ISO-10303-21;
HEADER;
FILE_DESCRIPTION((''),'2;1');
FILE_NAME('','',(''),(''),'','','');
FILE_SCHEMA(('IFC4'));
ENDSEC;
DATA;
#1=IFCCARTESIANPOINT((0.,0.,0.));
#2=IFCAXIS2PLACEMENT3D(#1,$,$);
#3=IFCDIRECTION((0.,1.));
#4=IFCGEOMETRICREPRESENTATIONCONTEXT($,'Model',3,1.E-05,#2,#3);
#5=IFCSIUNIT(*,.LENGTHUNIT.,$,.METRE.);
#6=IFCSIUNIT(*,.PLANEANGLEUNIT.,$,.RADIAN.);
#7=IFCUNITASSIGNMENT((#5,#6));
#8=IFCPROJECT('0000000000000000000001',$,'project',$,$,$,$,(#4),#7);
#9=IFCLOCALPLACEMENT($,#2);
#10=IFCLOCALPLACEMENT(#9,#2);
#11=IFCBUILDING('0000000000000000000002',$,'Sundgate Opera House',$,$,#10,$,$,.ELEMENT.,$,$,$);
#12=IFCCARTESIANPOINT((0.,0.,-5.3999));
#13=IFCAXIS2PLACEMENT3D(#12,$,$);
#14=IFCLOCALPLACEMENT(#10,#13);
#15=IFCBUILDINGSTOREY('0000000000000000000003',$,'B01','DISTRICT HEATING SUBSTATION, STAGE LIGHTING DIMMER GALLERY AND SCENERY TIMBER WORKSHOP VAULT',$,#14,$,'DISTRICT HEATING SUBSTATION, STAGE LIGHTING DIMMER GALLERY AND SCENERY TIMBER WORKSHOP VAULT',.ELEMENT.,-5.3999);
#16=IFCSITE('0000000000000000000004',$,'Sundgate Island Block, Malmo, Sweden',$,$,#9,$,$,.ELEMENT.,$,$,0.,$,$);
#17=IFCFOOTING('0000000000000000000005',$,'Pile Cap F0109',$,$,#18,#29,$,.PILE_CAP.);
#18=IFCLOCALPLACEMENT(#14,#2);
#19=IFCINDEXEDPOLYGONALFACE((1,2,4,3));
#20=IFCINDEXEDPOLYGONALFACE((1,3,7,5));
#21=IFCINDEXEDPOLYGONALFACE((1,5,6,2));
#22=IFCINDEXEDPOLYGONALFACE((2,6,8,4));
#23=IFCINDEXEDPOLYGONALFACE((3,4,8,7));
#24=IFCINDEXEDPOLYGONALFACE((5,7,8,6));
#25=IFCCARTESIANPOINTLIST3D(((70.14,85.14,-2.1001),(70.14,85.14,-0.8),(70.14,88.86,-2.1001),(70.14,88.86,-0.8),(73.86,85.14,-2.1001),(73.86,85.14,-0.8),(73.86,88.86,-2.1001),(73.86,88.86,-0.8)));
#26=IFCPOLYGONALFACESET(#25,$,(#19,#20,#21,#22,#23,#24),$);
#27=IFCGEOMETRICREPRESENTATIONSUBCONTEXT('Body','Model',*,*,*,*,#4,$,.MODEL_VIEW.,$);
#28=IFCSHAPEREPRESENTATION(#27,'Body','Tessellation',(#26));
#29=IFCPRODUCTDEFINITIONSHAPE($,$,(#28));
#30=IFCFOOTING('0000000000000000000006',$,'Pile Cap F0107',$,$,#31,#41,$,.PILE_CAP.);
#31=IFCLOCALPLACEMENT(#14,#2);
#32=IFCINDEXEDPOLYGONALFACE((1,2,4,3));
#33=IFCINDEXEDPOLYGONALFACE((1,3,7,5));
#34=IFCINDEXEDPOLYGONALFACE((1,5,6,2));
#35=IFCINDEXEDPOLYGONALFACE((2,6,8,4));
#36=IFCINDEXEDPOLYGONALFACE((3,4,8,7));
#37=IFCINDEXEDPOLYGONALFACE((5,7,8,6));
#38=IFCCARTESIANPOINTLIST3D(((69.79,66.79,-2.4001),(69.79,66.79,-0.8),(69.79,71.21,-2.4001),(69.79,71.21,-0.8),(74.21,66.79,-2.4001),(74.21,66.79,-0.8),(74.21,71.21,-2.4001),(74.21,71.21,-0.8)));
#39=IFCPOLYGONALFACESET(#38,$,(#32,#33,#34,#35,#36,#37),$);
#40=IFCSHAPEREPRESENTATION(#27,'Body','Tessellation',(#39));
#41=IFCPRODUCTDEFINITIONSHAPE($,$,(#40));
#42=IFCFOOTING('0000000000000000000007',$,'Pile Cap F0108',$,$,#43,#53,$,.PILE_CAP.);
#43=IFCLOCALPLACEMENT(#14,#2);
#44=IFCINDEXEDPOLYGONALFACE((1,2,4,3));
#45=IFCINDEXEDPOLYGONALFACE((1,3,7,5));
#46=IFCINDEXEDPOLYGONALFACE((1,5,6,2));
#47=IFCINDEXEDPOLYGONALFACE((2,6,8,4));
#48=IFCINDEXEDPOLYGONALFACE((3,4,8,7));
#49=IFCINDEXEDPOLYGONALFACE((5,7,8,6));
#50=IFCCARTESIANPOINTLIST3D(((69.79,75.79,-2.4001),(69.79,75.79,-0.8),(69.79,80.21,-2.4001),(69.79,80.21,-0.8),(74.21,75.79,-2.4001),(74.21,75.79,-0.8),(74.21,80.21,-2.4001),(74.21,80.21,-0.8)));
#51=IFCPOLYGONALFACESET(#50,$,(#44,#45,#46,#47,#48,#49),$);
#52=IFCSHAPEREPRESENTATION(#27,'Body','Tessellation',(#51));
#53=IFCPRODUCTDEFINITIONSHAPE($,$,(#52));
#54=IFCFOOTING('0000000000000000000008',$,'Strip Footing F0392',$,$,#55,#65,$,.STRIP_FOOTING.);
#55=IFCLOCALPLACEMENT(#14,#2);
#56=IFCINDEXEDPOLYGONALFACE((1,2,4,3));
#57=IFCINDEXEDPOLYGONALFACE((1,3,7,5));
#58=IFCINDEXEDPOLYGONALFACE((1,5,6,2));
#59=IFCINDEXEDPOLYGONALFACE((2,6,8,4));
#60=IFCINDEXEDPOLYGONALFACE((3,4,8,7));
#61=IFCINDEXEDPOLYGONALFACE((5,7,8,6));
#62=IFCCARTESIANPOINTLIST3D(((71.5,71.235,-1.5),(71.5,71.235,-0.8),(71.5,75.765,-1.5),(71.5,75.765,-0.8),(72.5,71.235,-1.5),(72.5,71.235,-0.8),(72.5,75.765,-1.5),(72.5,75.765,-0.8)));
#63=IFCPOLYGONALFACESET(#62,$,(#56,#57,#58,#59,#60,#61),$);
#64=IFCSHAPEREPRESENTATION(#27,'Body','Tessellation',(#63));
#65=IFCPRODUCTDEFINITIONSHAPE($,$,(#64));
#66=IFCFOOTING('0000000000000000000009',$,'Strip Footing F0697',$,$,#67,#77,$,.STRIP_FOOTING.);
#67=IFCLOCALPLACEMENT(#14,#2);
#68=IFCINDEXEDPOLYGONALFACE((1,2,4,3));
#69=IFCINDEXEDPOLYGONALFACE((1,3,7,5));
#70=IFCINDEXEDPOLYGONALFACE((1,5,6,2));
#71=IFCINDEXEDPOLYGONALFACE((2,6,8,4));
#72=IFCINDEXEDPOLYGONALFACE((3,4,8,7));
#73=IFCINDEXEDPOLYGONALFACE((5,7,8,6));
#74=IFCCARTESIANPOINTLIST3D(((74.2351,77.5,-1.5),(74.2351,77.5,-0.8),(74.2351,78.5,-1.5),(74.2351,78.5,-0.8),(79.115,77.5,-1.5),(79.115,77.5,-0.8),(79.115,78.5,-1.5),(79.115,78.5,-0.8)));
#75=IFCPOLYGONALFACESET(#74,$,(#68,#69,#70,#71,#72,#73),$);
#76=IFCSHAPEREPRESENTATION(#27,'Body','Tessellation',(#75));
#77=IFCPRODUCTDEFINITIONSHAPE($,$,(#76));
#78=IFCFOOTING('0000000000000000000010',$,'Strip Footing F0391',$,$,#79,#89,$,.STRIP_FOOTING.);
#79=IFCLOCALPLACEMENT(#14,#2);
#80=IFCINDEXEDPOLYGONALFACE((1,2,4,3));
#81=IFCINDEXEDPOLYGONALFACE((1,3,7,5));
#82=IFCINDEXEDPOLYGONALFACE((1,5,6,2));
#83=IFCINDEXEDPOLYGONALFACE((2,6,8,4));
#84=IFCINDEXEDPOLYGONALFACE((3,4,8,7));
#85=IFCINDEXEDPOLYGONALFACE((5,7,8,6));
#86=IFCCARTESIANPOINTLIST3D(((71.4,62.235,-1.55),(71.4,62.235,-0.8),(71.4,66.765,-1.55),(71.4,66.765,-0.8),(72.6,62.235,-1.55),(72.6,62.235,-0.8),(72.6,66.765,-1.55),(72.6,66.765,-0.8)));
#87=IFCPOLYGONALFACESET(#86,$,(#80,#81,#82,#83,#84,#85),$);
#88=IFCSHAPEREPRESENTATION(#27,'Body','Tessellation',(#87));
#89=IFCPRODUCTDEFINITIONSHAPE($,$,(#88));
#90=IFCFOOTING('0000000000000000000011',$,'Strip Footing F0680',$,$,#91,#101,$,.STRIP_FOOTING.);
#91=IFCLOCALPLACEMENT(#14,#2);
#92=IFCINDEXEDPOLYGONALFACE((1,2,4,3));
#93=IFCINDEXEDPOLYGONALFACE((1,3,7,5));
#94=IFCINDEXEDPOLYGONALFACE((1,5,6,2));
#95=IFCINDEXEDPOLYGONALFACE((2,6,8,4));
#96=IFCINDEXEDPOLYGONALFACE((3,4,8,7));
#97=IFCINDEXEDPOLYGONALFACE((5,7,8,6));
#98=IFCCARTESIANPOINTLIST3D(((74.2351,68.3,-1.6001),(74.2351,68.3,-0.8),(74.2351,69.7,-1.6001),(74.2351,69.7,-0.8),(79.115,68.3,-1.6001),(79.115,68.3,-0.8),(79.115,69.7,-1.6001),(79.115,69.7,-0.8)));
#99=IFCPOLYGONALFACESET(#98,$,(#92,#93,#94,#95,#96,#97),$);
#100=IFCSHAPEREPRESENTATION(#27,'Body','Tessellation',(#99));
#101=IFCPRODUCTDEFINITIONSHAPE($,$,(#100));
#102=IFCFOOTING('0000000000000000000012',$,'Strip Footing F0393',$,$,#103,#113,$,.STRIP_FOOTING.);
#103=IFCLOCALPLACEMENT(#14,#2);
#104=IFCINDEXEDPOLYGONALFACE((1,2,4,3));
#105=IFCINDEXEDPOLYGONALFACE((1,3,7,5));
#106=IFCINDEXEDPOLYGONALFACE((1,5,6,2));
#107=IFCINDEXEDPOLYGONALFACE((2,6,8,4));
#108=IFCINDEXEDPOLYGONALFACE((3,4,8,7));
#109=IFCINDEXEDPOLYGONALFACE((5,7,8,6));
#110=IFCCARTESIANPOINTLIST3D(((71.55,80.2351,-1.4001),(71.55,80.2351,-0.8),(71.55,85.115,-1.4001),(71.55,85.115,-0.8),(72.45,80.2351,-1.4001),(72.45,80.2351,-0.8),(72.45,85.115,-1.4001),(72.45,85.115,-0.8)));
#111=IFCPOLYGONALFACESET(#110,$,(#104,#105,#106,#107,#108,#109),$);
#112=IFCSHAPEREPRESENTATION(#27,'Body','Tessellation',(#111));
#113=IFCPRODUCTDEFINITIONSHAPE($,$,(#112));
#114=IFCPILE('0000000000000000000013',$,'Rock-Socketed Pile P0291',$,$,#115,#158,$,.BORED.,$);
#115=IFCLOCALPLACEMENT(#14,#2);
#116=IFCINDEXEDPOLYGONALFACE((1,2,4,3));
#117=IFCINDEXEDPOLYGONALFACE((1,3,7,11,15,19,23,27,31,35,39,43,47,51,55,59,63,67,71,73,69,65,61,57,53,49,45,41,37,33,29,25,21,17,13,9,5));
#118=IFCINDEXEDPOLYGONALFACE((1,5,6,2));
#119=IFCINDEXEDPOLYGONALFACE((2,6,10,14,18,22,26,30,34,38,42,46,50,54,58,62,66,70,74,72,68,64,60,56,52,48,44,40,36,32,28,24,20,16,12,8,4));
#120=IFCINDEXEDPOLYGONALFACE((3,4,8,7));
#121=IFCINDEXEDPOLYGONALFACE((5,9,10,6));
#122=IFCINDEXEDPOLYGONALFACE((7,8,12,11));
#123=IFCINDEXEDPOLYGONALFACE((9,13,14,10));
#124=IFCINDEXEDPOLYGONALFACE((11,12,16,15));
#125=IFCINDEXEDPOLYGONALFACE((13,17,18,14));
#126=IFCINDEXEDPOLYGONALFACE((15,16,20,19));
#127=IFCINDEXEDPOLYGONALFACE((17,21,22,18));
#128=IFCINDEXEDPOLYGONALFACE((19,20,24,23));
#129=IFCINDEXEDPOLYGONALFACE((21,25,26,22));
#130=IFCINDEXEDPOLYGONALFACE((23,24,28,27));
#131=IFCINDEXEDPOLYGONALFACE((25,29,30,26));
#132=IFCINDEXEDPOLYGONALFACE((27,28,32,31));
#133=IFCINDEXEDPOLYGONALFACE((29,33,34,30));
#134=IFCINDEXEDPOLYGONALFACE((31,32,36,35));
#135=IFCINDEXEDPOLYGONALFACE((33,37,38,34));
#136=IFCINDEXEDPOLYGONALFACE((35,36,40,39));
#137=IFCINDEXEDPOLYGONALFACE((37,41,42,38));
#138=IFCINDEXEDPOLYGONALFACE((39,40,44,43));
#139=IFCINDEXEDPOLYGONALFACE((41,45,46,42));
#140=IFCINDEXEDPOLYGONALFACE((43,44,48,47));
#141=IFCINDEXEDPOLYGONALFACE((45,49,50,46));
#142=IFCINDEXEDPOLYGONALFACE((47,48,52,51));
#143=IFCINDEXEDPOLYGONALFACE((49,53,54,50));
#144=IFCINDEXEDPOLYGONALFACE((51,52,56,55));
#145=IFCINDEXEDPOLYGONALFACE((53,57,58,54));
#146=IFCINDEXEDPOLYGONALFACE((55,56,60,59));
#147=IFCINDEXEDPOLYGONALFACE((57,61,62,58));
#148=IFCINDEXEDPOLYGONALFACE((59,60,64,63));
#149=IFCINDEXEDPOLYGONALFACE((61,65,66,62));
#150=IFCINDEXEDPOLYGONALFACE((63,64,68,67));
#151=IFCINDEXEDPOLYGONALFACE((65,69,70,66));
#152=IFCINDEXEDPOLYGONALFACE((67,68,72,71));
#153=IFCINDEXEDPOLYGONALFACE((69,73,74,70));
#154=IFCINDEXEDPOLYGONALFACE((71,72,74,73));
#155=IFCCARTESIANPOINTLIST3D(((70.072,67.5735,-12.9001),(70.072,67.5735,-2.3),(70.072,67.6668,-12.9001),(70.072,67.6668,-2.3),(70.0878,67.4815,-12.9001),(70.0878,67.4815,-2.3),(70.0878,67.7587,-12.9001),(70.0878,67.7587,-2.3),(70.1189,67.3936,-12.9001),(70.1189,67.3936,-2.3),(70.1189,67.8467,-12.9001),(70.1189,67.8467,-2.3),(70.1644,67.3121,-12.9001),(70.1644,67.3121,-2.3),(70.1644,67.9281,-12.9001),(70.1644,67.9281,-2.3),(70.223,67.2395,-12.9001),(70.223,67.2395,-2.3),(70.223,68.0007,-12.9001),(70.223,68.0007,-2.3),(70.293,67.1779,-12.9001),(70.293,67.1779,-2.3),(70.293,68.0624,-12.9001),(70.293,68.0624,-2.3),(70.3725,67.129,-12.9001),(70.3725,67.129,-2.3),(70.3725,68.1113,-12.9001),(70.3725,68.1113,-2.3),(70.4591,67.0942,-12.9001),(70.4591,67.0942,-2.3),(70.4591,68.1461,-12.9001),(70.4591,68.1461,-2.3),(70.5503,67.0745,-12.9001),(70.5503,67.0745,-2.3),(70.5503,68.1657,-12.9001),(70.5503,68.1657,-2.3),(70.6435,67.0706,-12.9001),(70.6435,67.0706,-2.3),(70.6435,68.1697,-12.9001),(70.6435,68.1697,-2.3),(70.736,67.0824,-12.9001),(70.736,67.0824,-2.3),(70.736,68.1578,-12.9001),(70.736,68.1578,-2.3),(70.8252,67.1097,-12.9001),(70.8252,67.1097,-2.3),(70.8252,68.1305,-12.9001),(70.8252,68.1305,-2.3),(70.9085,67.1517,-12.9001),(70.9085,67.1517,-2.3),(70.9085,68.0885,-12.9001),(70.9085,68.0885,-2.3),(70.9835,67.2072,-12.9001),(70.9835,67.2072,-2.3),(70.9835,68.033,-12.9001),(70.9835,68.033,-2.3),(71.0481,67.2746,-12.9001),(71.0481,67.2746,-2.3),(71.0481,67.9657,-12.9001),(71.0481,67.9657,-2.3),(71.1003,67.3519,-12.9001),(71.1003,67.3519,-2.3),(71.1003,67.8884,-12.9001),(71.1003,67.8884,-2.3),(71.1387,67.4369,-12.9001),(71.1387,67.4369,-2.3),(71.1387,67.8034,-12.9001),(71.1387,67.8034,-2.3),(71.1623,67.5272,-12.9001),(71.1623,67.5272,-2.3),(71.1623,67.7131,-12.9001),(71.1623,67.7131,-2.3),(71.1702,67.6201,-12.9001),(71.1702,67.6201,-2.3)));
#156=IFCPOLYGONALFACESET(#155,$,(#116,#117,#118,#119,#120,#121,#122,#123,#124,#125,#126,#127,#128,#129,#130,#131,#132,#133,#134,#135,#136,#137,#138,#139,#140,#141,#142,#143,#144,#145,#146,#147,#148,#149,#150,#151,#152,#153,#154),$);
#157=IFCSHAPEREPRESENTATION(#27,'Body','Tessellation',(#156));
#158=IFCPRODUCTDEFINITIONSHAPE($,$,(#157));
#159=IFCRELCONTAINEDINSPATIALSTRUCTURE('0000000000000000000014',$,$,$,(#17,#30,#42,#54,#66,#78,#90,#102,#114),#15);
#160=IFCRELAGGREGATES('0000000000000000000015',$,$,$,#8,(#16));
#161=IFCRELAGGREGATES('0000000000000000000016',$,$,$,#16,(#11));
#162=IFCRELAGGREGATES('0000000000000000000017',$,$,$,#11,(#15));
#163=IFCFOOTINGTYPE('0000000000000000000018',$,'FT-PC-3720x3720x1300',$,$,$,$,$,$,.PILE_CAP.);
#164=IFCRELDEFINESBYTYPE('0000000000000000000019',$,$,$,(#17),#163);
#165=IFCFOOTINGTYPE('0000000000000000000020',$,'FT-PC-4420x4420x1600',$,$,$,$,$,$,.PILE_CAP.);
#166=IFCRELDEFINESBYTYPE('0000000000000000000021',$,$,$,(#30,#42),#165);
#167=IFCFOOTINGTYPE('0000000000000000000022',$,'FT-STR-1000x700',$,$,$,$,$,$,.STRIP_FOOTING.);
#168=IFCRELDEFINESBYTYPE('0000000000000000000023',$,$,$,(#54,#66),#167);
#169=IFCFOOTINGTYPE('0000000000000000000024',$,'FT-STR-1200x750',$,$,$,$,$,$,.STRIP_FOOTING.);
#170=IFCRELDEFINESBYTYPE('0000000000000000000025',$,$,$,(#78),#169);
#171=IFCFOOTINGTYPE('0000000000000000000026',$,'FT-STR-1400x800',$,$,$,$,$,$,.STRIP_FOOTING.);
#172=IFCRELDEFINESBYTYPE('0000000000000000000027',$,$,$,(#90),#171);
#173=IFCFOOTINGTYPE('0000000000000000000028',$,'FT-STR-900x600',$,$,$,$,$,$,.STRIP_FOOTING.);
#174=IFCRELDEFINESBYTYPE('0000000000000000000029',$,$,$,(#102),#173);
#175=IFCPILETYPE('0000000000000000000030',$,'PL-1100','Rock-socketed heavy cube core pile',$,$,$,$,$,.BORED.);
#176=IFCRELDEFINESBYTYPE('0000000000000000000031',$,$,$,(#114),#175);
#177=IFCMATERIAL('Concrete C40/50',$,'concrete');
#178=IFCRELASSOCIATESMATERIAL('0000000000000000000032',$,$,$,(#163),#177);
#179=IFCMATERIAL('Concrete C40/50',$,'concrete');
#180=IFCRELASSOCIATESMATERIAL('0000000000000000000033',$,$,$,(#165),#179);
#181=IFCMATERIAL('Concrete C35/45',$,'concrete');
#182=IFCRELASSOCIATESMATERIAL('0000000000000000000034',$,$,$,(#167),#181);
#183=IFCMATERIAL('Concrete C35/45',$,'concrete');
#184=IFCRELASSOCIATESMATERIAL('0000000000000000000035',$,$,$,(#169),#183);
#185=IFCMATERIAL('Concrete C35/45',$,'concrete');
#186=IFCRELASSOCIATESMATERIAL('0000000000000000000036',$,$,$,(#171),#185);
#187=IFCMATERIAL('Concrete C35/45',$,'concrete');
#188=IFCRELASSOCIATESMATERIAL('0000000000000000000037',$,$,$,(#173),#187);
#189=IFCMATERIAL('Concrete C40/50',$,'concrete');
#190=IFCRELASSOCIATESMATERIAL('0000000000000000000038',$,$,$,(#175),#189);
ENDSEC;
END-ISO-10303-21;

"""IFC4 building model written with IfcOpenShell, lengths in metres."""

from ifc_helpers import new_model, si_unit, direction, frame, origin, origin_2d, place, context, subcontext, project, spatial, rectangle, circle, extrude, material, material_profile, profile_set, type_object, element, save


model = new_model("IFC4")

# Units and contexts
model_context = context("Model", 3, precision=1e-05, world=origin(), true_north=direction((0.0, 1.0)))
body_context = subcontext(model_context, "Body", "Model", "MODEL_VIEW")
ifc_project = project(units=[si_unit("LENGTHUNIT", "METRE"), si_unit("PLANEANGLEUNIT", "RADIAN")], contexts=[model_context])

# Site, building, storey
site_placement = place(None, origin())
site = spatial("IfcSite", under=ifc_project, at=site_placement, Name="Sundgate Island Block, Malmo, Sweden", CompositionType="ELEMENT", RefElevation=0.0)
building_placement = place(site_placement, origin())
building = spatial("IfcBuilding", under=site, at=building_placement, Name="Sundgate Opera House", CompositionType="ELEMENT")
storey_placement = place(building_placement, frame((0.0, 0.0, -5.3999)))
storey = spatial("IfcBuildingStorey", under=building, at=storey_placement, Name="B01", Description="DISTRICT HEATING SUBSTATION, STAGE LIGHTING DIMMER GALLERY AND SCENERY TIMBER WORKSHOP VAULT", LongName="DISTRICT HEATING SUBSTATION, STAGE LIGHTING DIMMER GALLERY AND SCENERY TIMBER WORKSHOP VAULT", CompositionType="ELEMENT", Elevation=-5.3999)

# Footings
ifc_material_1 = material(Name="Concrete C40/50", Category="concrete")
footing_type_1 = type_object("IfcFootingType", Name="FT-PC-3720x3720x1300", PredefinedType="PILE_CAP", material=ifc_material_1)
footing_1_placement = place(storey_placement, frame((72.0, 87.0, -2.1001), z_axis=(0.0, 0.0, 1.0), x_axis=(1.0, 0.0, 0.0)))
element("IfcFooting", 1, at=footing_1_placement, inside=storey, type_object=footing_type_1, Name="Pile Cap F0109", PredefinedType="PILE_CAP", context=body_context, shape_type="SweptSolid", body=[
    extrude(rectangle(XDim=3.72, YDim=3.72, at=origin_2d()), origin(), (0.0, 0.0, 1.0), 1.3),
])
ifc_material_2 = material(Name="Concrete C40/50", Category="concrete")
footing_type_2 = type_object("IfcFootingType", Name="FT-PC-4420x4420x1600", PredefinedType="PILE_CAP", material=ifc_material_2)
for number, where, z_axis, x_axis, name in (
    (2, (72.0, 69.0, -2.4001), (0.0, 0.0, 1.0), (1.0, 0.0, 0.0), "Pile Cap F0107"),
    (3, (72.0, 78.0, -2.4001), (0.0, 0.0, 1.0), (1.0, 0.0, 0.0), "Pile Cap F0108"),
):
    element("IfcFooting", number, at=place(storey_placement, frame(where, z_axis=z_axis, x_axis=x_axis)), inside=storey, type_object=footing_type_2, Name=name, PredefinedType="PILE_CAP", context=body_context, shape_type="SweptSolid", body=[
        extrude(rectangle(XDim=4.4199, YDim=4.4199, at=origin_2d()), origin(), (0.0, 0.0, 1.0), 1.6001),
    ])
ifc_material_3 = material(Name="Concrete C35/45", Category="concrete")
footing_type_3 = type_object("IfcFootingType", Name="FT-STR-1000x700", PredefinedType="STRIP_FOOTING", material=ifc_material_3)
footing_2_placement = place(storey_placement, frame((72.0, 73.5, -1.5), z_axis=(0.0, 0.0, 1.0), x_axis=(1.0, 0.0, 0.0)))
element("IfcFooting", 4, at=footing_2_placement, inside=storey, type_object=footing_type_3, Name="Strip Footing F0392", PredefinedType="STRIP_FOOTING", context=body_context, shape_type="SweptSolid", body=[
    extrude(rectangle(XDim=1.0, YDim=4.53, at=origin_2d()), origin(), (0.0, 0.0, 1.0), 0.7),
])
footing_3_placement = place(storey_placement, frame((76.675, 78.0, -1.5), z_axis=(0.0, 0.0, 1.0), x_axis=(1.0, 0.0, 0.0)))
element("IfcFooting", 5, at=footing_3_placement, inside=storey, type_object=footing_type_3, Name="Strip Footing F0697", PredefinedType="STRIP_FOOTING", context=body_context, shape_type="SweptSolid", body=[
    extrude(rectangle(XDim=4.8799, YDim=1.0, at=origin_2d()), origin(), (0.0, 0.0, 1.0), 0.7),
])
ifc_material_4 = material(Name="Concrete C35/45", Category="concrete")
footing_type_4 = type_object("IfcFootingType", Name="FT-STR-1200x750", PredefinedType="STRIP_FOOTING", material=ifc_material_4)
footing_4_placement = place(storey_placement, frame((72.0, 64.5, -1.55), z_axis=(0.0, 0.0, 1.0), x_axis=(1.0, 0.0, 0.0)))
element("IfcFooting", 6, at=footing_4_placement, inside=storey, type_object=footing_type_4, Name="Strip Footing F0391", PredefinedType="STRIP_FOOTING", context=body_context, shape_type="SweptSolid", body=[
    extrude(rectangle(XDim=1.2, YDim=4.53, at=origin_2d()), origin(), (0.0, 0.0, 1.0), 0.75),
])
ifc_material_5 = material(Name="Concrete C35/45", Category="concrete")
footing_type_5 = type_object("IfcFootingType", Name="FT-STR-1400x800", PredefinedType="STRIP_FOOTING", material=ifc_material_5)
footing_5_placement = place(storey_placement, frame((76.675, 69.0, -1.6001), z_axis=(0.0, 0.0, 1.0), x_axis=(1.0, 0.0, 0.0)))
element("IfcFooting", 7, at=footing_5_placement, inside=storey, type_object=footing_type_5, Name="Strip Footing F0680", PredefinedType="STRIP_FOOTING", context=body_context, shape_type="SweptSolid", body=[
    extrude(rectangle(XDim=4.8799, YDim=1.3999, at=origin_2d()), origin(), (0.0, 0.0, 1.0), 0.8),
])
ifc_material_6 = material(Name="Concrete C35/45", Category="concrete")
footing_type_6 = type_object("IfcFootingType", Name="FT-STR-900x600", PredefinedType="STRIP_FOOTING", material=ifc_material_6)
footing_6_placement = place(storey_placement, frame((72.0, 82.675, -1.4001), z_axis=(0.0, 0.0, 1.0), x_axis=(1.0, 0.0, 0.0)))
element("IfcFooting", 8, at=footing_6_placement, inside=storey, type_object=footing_type_6, Name="Strip Footing F0393", PredefinedType="STRIP_FOOTING", context=body_context, shape_type="SweptSolid", body=[
    extrude(rectangle(XDim=0.8999, YDim=4.8799, at=origin_2d()), origin(), (0.0, 0.0, 1.0), 0.6001),
])

# Pile
ifc_material_7 = material(Name="Concrete C40/50", Category="concrete")
ifc_material_profile_1 = material_profile(ifc_material_7, circle(Radius=0.55, at=origin_2d()), Name="PILE D1100")
ifc_profile_set_1 = profile_set([ifc_material_profile_1], Name="Concrete C40/50")
pile_type_1 = type_object("IfcPileType", Name="PL-1100", Description="Rock-socketed heavy cube core pile", PredefinedType="BORED", material=ifc_profile_set_1)
for number, where, z_axis, x_axis, name in (
    (9, (70.6201, 67.6201, -2.3), (0.0, 0.0, -1.0), (1.0, 0.0, 0.0), "Rock-Socketed Pile P0291"),
):
    element("IfcPile", number, at=place(storey_placement, frame(where, z_axis=z_axis, x_axis=x_axis)), inside=storey, type_object=pile_type_1, Name=name, PredefinedType="BORED", context=body_context, shape_type="SweptSolid", body=[
        extrude(circle(Radius=0.55, at=origin_2d()), origin(), (0.0, 0.0, 1.0), 10.6001),
    ])

save(model, "model.ifc")
